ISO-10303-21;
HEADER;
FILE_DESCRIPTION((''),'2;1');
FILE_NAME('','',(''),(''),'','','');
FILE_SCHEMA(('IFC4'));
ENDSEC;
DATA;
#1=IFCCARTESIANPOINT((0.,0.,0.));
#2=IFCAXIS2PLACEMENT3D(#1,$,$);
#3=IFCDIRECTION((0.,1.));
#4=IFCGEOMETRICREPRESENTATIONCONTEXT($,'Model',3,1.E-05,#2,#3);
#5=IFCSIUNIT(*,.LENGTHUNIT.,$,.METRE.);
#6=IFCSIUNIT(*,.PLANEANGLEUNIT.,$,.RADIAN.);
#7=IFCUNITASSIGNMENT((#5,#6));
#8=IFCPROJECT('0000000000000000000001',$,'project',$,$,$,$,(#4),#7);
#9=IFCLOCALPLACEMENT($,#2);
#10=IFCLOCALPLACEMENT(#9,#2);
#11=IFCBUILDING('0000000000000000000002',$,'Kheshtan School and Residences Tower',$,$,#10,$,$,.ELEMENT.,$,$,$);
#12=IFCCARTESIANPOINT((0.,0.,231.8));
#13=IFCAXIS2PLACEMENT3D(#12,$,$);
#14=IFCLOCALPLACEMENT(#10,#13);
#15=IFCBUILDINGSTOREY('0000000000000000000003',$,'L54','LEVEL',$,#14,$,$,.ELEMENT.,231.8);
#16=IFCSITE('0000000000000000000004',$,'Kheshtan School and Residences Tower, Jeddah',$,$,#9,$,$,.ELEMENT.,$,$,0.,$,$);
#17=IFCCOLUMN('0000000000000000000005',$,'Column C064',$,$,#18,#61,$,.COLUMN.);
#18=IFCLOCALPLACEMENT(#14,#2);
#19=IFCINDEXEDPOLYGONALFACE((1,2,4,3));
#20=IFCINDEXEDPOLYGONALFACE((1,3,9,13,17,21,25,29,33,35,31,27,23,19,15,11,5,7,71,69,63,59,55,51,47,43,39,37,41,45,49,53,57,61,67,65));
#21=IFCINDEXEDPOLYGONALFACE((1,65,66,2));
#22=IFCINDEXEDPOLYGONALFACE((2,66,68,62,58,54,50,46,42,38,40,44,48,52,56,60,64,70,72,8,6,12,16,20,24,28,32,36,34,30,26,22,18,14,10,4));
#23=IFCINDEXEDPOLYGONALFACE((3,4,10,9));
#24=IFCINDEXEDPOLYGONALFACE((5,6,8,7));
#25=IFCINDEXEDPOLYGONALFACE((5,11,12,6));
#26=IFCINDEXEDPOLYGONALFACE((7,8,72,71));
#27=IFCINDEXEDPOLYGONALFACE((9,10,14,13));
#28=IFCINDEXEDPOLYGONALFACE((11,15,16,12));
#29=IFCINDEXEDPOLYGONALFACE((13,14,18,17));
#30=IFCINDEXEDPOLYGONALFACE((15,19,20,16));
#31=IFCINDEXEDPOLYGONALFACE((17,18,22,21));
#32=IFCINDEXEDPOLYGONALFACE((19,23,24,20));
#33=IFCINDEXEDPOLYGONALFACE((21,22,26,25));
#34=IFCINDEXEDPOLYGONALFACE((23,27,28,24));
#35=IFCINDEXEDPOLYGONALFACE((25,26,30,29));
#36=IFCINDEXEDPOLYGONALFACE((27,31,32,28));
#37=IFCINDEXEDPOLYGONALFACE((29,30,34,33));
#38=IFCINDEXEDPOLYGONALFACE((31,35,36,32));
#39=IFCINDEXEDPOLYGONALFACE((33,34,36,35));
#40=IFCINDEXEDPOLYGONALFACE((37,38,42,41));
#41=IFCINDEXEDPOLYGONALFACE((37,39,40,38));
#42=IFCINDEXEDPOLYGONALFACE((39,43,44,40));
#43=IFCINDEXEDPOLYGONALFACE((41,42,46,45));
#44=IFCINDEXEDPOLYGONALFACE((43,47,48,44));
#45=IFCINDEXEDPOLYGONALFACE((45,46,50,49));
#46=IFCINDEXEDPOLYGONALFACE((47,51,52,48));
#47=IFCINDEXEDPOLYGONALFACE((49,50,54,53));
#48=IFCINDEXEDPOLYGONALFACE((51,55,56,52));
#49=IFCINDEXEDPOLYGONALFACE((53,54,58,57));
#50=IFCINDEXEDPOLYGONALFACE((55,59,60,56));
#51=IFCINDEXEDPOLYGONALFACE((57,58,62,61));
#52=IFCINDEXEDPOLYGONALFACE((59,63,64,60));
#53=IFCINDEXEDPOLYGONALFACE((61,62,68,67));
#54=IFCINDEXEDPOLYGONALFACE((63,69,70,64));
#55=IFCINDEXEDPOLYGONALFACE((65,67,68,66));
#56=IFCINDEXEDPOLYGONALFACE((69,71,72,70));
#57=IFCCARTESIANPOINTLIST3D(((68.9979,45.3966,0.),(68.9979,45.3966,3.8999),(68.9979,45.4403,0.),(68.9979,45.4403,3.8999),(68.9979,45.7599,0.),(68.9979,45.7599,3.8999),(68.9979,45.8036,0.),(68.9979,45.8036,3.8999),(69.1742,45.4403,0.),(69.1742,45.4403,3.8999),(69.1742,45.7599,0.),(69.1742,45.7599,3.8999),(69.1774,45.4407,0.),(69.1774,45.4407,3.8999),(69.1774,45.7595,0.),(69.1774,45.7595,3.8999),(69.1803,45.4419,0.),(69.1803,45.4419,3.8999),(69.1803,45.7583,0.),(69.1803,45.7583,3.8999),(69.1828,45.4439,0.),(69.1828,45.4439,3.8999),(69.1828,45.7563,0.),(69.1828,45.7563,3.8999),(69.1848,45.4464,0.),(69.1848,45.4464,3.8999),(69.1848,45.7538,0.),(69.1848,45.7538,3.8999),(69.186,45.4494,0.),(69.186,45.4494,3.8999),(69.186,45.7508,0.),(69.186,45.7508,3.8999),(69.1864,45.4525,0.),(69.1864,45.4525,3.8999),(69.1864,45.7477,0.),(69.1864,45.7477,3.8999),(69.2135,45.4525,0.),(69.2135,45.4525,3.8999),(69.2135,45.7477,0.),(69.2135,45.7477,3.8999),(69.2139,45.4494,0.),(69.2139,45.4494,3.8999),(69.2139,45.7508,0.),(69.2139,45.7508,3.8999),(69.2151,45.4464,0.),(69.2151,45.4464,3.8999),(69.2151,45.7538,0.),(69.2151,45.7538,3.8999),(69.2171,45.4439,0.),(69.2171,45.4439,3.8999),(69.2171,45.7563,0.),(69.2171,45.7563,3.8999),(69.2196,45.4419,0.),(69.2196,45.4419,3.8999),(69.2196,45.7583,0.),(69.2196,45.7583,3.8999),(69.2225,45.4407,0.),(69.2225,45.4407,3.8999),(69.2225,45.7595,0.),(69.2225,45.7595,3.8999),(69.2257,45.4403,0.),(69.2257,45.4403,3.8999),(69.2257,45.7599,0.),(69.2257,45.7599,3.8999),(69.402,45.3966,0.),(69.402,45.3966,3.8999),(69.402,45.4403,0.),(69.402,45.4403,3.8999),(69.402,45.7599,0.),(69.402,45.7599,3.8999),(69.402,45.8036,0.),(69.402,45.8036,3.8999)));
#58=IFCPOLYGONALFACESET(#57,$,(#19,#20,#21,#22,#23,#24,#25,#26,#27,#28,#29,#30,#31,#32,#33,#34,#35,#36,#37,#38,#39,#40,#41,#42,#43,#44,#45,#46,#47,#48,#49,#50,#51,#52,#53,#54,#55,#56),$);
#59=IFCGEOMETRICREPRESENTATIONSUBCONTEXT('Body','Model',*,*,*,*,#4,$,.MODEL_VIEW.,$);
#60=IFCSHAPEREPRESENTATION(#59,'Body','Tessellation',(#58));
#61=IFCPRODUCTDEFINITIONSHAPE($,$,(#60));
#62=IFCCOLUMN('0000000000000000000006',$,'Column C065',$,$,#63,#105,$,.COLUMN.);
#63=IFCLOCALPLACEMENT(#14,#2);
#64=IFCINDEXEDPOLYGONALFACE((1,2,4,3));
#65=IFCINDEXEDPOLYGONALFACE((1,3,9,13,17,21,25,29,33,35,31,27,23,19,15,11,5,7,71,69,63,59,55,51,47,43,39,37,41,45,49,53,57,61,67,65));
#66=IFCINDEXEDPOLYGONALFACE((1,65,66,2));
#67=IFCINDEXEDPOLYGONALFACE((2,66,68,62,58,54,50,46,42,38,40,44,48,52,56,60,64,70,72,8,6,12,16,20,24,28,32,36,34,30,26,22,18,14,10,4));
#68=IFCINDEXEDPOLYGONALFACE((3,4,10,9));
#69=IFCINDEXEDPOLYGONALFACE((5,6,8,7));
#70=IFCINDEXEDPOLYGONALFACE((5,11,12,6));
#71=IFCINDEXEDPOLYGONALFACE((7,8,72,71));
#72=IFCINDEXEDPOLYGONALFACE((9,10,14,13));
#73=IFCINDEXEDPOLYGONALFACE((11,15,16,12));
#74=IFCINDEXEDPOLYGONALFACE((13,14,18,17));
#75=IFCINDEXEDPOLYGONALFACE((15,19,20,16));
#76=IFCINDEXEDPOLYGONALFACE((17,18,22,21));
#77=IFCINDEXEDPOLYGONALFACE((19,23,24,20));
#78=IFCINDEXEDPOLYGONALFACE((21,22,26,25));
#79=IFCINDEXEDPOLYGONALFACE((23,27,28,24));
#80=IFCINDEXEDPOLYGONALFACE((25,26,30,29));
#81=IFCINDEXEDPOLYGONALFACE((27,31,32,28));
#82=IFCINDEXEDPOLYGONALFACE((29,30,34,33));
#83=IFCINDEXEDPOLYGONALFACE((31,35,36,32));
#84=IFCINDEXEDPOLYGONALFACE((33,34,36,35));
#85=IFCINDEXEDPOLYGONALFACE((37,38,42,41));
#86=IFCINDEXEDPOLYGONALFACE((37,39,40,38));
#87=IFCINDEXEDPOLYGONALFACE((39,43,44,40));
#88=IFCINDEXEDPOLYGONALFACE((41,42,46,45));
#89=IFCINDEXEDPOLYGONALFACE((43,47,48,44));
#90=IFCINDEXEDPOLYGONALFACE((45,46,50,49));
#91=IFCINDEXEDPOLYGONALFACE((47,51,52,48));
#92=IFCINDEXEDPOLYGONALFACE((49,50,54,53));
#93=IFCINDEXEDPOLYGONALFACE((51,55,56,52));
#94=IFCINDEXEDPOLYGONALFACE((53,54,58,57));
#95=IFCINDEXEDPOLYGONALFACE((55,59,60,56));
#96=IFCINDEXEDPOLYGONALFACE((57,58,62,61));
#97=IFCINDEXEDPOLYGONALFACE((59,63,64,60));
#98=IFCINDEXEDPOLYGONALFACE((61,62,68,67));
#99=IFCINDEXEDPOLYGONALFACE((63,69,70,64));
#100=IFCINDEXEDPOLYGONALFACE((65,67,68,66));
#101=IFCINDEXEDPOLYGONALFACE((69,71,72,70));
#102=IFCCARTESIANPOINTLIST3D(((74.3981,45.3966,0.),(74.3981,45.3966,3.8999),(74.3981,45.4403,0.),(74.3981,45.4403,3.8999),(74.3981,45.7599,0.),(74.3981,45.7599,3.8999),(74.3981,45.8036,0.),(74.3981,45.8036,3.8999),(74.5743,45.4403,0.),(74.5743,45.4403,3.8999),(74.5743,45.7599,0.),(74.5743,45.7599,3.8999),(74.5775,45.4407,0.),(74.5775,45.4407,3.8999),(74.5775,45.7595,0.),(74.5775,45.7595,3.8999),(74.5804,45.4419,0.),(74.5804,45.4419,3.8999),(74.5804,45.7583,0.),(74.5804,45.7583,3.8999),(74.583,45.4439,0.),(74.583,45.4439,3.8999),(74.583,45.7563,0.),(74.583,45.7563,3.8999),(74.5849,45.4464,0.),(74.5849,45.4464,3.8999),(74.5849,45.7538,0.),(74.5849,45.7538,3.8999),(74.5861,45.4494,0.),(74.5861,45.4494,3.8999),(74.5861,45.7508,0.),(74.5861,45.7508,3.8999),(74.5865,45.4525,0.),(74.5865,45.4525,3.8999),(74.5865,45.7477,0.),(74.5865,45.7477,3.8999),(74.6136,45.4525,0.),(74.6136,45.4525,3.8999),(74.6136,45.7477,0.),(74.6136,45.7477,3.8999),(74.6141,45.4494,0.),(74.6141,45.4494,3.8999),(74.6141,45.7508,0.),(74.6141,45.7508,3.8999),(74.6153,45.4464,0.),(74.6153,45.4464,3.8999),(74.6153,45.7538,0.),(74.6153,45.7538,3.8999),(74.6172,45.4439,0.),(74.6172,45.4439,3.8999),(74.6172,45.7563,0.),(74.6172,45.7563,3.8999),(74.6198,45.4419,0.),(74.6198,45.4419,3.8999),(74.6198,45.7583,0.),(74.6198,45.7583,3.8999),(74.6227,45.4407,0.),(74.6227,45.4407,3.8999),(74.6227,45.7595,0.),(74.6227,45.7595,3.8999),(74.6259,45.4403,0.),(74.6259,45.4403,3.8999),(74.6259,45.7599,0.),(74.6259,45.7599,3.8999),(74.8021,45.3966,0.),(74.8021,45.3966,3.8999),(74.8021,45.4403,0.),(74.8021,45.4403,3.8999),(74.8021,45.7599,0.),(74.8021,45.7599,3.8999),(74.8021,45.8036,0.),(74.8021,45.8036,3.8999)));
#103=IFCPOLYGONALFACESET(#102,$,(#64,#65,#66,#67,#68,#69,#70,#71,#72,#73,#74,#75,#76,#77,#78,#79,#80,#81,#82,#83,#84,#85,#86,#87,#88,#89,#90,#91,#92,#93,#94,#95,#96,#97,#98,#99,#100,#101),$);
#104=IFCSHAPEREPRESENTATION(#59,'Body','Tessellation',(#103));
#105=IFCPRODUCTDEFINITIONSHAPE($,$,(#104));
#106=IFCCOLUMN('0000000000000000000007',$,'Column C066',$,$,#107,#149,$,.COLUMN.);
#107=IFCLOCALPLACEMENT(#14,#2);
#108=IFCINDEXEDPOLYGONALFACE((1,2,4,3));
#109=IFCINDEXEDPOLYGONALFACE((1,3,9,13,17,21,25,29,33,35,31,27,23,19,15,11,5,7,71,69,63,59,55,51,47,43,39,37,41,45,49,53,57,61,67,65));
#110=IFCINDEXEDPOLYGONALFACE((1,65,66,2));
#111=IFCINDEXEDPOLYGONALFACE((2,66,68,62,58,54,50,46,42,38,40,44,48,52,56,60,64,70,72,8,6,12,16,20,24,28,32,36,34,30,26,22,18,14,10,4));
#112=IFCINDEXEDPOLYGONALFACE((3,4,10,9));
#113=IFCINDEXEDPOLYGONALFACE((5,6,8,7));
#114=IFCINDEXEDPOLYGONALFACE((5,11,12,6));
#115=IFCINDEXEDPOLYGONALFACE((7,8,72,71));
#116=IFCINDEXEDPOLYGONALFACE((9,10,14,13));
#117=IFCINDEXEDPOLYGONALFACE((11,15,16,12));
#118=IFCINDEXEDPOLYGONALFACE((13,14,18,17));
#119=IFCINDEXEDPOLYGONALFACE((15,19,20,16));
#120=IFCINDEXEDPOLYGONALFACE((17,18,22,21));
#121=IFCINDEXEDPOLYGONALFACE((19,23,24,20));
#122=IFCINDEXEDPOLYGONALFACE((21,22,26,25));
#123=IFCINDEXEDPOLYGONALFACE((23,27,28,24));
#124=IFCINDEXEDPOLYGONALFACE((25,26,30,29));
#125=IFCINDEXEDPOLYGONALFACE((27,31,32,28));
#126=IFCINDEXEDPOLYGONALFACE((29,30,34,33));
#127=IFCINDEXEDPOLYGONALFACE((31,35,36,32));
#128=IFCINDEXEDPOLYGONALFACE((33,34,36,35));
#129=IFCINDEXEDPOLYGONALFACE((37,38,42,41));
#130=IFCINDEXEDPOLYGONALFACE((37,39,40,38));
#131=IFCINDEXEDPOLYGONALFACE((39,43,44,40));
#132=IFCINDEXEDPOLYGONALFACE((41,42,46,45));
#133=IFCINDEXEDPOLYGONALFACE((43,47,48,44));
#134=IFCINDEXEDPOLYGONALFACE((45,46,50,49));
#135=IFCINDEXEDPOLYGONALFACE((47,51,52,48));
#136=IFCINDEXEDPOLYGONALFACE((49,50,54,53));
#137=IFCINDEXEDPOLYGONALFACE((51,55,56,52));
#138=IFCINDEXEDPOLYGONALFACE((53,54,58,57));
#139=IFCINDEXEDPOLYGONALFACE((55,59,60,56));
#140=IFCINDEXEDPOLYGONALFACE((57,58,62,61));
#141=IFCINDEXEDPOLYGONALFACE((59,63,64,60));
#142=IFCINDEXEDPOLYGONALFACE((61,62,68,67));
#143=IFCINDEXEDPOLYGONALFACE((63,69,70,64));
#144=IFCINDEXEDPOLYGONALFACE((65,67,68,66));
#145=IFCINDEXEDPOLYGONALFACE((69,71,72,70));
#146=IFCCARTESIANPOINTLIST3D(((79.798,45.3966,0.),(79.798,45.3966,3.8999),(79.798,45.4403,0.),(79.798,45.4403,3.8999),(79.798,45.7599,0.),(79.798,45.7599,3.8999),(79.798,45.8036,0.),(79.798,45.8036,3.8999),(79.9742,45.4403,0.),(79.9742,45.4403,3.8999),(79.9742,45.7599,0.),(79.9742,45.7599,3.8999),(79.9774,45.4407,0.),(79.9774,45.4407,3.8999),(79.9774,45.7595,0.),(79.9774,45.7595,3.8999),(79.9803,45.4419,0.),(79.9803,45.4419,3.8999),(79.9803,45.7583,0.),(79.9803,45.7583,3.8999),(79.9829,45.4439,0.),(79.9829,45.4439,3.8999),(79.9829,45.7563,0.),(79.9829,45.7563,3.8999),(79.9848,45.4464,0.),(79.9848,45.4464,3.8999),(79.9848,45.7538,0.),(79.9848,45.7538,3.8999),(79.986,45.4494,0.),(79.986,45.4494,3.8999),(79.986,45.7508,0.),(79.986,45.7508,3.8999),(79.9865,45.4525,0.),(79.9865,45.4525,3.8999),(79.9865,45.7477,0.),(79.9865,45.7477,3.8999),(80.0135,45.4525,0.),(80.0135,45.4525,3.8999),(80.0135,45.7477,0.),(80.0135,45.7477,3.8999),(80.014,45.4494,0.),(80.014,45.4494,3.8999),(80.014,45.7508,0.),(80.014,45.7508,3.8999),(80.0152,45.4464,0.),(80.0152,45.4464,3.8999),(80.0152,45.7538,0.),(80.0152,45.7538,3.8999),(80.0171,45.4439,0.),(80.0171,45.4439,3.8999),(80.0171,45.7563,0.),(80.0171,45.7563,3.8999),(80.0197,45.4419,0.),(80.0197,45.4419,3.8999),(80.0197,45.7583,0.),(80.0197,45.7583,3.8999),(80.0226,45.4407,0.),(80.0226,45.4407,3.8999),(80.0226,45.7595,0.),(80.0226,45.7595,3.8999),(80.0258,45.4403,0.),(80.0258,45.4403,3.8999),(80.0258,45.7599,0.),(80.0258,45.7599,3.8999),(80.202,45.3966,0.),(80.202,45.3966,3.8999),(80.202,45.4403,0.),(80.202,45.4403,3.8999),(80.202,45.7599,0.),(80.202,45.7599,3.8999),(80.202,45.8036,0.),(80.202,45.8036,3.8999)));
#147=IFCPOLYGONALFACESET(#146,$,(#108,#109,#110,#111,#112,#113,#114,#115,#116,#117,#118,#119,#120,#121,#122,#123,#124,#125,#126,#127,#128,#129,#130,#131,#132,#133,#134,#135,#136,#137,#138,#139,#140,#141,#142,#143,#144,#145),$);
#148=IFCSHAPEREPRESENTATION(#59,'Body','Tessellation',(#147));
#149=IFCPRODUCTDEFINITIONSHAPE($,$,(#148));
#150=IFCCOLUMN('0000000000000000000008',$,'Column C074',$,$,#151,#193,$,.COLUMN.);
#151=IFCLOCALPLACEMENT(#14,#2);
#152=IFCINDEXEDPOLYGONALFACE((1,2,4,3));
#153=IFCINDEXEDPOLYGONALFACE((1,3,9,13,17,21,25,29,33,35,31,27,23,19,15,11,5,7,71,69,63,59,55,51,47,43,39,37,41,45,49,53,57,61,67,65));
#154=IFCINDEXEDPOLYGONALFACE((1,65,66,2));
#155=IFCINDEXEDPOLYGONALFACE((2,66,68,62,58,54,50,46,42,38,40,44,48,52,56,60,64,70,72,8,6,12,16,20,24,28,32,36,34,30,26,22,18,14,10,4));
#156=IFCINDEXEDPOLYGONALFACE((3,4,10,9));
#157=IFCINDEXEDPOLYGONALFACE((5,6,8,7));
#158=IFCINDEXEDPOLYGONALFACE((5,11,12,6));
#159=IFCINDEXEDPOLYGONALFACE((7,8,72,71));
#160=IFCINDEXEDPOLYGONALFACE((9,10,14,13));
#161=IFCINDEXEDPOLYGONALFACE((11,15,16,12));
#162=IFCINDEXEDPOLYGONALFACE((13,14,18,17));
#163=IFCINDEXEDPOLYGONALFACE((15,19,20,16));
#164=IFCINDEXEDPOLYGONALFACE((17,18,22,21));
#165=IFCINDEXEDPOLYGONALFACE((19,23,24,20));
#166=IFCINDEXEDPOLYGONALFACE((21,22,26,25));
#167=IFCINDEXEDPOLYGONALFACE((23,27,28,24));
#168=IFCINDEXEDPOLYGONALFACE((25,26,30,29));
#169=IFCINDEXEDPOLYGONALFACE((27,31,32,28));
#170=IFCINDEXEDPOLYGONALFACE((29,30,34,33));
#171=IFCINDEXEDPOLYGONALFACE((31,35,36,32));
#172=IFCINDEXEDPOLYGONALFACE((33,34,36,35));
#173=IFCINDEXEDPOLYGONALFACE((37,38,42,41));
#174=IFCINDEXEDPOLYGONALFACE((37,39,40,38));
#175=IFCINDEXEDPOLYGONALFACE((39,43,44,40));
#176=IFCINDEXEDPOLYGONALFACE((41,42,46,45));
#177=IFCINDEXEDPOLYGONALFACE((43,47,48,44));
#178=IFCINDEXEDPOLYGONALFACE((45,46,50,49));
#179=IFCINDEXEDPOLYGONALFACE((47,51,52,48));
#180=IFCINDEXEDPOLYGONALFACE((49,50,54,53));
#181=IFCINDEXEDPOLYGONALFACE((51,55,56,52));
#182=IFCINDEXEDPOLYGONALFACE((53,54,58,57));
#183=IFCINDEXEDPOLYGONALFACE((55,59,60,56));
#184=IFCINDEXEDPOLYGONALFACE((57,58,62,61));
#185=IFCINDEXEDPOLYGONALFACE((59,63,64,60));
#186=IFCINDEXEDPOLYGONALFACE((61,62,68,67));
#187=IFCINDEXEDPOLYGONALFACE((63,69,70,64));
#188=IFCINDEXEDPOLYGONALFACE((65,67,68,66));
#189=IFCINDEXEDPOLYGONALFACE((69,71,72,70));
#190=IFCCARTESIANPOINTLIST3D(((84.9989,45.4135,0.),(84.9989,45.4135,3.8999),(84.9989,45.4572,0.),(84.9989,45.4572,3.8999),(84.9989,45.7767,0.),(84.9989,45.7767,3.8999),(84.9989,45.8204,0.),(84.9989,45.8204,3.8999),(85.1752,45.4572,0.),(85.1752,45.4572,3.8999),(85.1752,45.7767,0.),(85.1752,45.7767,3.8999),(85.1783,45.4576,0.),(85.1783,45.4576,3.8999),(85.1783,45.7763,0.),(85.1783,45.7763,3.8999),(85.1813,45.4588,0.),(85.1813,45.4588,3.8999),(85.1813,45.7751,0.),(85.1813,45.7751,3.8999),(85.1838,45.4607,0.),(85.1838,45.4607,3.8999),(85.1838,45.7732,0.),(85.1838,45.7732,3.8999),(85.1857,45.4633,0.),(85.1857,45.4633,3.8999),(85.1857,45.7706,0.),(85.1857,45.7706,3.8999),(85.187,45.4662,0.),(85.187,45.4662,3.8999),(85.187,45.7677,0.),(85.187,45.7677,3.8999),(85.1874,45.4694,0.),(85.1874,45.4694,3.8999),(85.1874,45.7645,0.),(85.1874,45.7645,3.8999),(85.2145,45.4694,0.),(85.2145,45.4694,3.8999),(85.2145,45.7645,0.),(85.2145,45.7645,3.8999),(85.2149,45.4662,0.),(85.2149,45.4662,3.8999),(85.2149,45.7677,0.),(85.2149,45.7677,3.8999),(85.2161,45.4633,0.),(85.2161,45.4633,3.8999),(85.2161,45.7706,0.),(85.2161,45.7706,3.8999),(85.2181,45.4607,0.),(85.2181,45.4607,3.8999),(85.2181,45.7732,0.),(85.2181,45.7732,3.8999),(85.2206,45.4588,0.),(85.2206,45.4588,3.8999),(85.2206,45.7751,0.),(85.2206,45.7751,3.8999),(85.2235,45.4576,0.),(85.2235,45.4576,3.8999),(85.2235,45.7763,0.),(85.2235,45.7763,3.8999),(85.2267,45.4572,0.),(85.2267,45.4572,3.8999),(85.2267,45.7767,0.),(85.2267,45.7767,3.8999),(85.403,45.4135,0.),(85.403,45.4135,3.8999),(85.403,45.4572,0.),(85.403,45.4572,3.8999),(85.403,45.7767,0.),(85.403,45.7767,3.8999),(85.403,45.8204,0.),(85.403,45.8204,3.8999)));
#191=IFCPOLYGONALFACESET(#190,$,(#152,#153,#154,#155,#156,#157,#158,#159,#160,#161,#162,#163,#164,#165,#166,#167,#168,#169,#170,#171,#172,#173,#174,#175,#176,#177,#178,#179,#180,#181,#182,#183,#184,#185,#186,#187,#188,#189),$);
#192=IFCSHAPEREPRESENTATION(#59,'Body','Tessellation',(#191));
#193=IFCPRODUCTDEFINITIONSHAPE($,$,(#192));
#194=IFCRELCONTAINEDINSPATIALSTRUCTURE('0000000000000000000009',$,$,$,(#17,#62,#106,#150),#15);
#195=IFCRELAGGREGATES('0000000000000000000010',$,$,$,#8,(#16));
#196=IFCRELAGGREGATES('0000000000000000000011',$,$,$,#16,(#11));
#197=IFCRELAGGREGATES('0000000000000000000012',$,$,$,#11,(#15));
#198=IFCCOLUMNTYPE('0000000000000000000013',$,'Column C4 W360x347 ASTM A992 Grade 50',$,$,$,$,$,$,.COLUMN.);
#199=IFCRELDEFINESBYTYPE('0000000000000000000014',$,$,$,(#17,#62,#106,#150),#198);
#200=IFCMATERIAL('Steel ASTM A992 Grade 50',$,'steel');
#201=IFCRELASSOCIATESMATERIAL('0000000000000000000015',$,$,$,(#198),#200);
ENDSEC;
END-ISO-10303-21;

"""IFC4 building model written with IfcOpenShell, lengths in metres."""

from ifc_helpers import new_model, si_unit, direction, frame, origin, origin_2d, place, context, subcontext, project, spatial, i_section, extrude, material, material_profile, profile_set, type_object, element, save


model = new_model("IFC4")

# Units and contexts
model_context = context("Model", 3, precision=1e-05, world=origin(), true_north=direction((0.0, 1.0)))
body_context = subcontext(model_context, "Body", "Model", "MODEL_VIEW")
ifc_project = project(units=[si_unit("LENGTHUNIT", "METRE"), si_unit("PLANEANGLEUNIT", "RADIAN")], contexts=[model_context])

# Site, building, storey
site_placement = place(None, origin())
site = spatial("IfcSite", under=ifc_project, at=site_placement, Name="Kheshtan School and Residences Tower, Jeddah", CompositionType="ELEMENT", RefElevation=0.0)
building_placement = place(site_placement, origin())
building = spatial("IfcBuilding", under=site, at=building_placement, Name="Kheshtan School and Residences Tower", CompositionType="ELEMENT")
storey_placement = place(building_placement, frame((0.0, 0.0, 231.8)))
storey = spatial("IfcBuildingStorey", under=building, at=storey_placement, Name="L54", Description="LEVEL", CompositionType="ELEMENT", Elevation=231.8)

# Columns
ifc_material_1 = material(Name="Steel ASTM A992 Grade 50", Category="steel")
ifc_material_profile_1 = material_profile(ifc_material_1, i_section(OverallWidth=0.4041, OverallDepth=0.407, WebThickness=0.0271, FlangeThickness=0.0437, FilletRadius=0.0122, at=origin_2d()), Name="W360x347")
ifc_profile_set_1 = profile_set([ifc_material_profile_1], Name="Steel ASTM A992 Grade 50")
column_type = type_object("IfcColumnType", Name="Column C4 W360x347 ASTM A992 Grade 50", PredefinedType="COLUMN", material=ifc_profile_set_1)
for number, where, z_axis, x_axis, name in (
    (1, (69.2, 45.6001, 0.0), (0.0, 0.0, 1.0), (1.0, 0.0, 0.0), "Column C064"),
    (2, (74.6001, 45.6001, 0.0), (0.0, 0.0, 1.0), (1.0, 0.0, 0.0), "Column C065"),
    (3, (80.0, 45.6001, 0.0), (0.0, 0.0, 1.0), (1.0, 0.0, 0.0), "Column C066"),
    (4, (85.2009, 45.6169, 0.0), (0.0, 0.0, 1.0), (1.0, 0.0, 0.0), "Column C074"),
):
    element("IfcColumn", number, at=place(storey_placement, frame(where, z_axis=z_axis, x_axis=x_axis)), inside=storey, type_object=column_type, Name=name, PredefinedType="COLUMN", context=body_context, shape_type="SweptSolid", body=[
        extrude(i_section(OverallWidth=0.4041, OverallDepth=0.407, WebThickness=0.0271, FlangeThickness=0.0437, FilletRadius=0.0122, at=origin_2d()), origin(), (0.0, 0.0, 1.0), 3.8999),
    ])

save(model, "model.ifc")
